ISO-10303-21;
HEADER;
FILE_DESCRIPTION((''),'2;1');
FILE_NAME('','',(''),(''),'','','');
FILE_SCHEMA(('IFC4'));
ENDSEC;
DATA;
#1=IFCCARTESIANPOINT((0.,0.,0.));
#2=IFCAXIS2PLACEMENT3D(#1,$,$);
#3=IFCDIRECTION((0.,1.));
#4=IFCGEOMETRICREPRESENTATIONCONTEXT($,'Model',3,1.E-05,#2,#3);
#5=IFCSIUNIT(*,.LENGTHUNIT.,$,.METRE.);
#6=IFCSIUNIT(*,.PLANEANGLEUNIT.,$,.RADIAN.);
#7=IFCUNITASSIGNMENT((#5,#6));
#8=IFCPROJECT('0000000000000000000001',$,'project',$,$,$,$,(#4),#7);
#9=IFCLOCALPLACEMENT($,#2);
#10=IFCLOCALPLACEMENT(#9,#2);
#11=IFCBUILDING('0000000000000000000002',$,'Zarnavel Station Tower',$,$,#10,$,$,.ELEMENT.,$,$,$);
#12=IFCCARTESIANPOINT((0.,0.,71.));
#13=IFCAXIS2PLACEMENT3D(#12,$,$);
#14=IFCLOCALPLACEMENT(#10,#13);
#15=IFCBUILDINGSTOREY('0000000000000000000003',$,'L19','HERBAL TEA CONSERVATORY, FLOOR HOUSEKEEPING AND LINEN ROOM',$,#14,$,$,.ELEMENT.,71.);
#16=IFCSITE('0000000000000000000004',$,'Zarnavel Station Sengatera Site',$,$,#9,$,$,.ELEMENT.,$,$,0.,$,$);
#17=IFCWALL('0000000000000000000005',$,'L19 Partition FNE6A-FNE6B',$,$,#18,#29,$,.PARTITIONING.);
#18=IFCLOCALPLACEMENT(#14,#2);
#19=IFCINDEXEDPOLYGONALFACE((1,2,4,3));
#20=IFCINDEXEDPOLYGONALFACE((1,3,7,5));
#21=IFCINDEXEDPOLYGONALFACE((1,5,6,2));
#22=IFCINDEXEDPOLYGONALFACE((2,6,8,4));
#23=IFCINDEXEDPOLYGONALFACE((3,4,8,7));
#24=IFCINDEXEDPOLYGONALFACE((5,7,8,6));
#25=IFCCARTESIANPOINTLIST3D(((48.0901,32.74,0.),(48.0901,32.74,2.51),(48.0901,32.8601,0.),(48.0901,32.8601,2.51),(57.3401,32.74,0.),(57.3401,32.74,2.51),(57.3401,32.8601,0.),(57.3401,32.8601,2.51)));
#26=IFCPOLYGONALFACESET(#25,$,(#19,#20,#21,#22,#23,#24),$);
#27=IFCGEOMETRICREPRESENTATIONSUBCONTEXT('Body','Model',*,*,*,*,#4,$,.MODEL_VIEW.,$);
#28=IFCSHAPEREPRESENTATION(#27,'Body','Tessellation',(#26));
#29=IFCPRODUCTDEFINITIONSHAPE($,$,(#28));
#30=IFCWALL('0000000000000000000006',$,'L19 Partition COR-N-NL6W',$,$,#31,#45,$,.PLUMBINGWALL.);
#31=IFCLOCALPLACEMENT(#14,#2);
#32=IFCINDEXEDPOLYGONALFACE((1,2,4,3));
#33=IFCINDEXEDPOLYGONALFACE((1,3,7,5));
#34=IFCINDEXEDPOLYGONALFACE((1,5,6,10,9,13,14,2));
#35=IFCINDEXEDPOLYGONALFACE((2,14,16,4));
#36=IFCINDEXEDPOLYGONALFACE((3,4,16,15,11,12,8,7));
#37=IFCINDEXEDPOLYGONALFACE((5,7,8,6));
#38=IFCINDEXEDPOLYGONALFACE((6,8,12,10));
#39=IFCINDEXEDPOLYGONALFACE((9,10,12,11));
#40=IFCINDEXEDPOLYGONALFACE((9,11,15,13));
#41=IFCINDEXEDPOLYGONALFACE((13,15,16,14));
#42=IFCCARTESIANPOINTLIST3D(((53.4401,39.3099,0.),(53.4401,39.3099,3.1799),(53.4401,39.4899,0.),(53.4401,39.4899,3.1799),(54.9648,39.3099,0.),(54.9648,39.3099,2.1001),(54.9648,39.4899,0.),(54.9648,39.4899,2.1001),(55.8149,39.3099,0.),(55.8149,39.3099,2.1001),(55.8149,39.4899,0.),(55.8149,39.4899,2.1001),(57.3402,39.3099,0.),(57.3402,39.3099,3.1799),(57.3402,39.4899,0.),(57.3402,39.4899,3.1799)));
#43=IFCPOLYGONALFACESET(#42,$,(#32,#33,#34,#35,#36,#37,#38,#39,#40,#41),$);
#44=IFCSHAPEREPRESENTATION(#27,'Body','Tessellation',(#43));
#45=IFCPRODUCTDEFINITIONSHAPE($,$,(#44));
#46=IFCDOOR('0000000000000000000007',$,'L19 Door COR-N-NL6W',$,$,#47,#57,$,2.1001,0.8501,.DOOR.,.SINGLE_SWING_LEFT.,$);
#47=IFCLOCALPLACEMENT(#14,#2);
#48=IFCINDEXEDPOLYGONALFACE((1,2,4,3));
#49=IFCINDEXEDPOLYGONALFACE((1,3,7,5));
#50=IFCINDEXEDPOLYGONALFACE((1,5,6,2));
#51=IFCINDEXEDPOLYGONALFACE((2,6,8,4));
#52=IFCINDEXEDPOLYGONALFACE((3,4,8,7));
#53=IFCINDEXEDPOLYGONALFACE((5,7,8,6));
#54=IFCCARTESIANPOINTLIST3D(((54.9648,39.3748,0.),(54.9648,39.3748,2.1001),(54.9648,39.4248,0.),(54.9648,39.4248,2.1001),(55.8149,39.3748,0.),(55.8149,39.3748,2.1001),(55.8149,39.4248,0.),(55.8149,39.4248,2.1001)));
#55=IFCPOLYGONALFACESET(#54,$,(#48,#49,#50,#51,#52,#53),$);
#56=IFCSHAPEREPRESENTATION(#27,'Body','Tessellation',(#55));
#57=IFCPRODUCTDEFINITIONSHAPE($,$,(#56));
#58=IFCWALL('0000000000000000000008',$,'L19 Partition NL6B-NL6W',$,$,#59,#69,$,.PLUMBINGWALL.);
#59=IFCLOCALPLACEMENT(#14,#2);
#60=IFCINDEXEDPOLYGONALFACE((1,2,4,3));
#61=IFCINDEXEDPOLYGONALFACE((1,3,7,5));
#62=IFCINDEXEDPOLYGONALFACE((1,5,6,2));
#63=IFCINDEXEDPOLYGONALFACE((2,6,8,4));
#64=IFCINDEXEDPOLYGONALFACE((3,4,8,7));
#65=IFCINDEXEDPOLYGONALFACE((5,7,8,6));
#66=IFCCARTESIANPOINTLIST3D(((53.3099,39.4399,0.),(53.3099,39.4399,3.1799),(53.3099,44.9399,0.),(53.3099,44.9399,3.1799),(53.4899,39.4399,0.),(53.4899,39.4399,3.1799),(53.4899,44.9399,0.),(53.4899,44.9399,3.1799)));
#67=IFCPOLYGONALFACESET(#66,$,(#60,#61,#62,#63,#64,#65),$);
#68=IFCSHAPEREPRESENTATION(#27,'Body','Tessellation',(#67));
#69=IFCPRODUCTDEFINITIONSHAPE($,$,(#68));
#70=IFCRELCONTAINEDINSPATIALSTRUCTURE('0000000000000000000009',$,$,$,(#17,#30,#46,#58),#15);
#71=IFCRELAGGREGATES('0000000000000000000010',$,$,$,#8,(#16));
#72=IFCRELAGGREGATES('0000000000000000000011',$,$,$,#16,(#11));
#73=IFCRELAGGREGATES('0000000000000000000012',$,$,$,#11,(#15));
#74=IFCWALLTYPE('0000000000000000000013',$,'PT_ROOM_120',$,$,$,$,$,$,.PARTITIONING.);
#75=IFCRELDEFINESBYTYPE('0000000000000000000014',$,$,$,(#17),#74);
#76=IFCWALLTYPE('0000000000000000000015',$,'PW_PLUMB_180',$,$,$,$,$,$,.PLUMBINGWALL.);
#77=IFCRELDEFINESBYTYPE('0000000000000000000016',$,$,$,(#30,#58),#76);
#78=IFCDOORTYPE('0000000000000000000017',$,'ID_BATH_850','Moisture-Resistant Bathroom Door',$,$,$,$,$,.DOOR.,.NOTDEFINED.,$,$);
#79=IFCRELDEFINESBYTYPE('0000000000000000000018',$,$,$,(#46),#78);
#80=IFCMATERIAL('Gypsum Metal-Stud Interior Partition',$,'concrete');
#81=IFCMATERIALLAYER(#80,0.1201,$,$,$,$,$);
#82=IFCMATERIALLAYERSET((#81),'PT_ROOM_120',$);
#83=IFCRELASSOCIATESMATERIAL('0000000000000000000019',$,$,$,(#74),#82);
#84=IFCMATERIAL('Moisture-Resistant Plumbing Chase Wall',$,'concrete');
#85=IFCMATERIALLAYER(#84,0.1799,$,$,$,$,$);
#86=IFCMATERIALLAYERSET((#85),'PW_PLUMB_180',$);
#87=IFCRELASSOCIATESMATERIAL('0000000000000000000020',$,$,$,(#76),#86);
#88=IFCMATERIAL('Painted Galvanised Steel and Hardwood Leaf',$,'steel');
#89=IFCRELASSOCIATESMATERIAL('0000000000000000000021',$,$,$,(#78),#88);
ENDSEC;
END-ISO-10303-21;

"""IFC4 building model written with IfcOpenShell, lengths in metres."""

from ifc_helpers import new_model, si_unit, direction, frame, frame_2d, origin, place, context, subcontext, project, spatial, rectangle, extrude, material, layer, layer_set, type_object, element, fill, save


model = new_model("IFC4")

# Units and contexts
model_context = context("Model", 3, precision=1e-05, world=origin(), true_north=direction((0.0, 1.0)))
body_context = subcontext(model_context, "Body", "Model", "MODEL_VIEW")
ifc_project = project(units=[si_unit("LENGTHUNIT", "METRE"), si_unit("PLANEANGLEUNIT", "RADIAN")], contexts=[model_context])

# Site, building, storey
site_placement = place(None, origin())
site = spatial("IfcSite", under=ifc_project, at=site_placement, Name="Zarnavel Station Sengatera Site", CompositionType="ELEMENT", RefElevation=0.0)
building_placement = place(site_placement, origin())
building = spatial("IfcBuilding", under=site, at=building_placement, Name="Zarnavel Station Tower", CompositionType="ELEMENT")
storey_placement = place(building_placement, frame((0.0, 0.0, 71.0)))
storey = spatial("IfcBuildingStorey", under=building, at=storey_placement, Name="L19", Description="HERBAL TEA CONSERVATORY, FLOOR HOUSEKEEPING AND LINEN ROOM", CompositionType="ELEMENT", Elevation=71.0)

# Shared definitions
ifc_material_1 = material(Name="Gypsum Metal-Stud Interior Partition", Category="concrete")
ifc_layer_1 = layer(ifc_material_1, 0.1201)
ifc_layer_set_1 = layer_set([ifc_layer_1], Name="PT_ROOM_120")
wall_type_1 = type_object("IfcWallType", Name="PT_ROOM_120", PredefinedType="PARTITIONING", material=ifc_layer_set_1)

# Wall
wall_1_placement = place(storey_placement, frame((48.0901, 32.8, 0.0), z_axis=(0.0, 0.0, 1.0), x_axis=(1.0, 0.0, 0.0)))
element("IfcWall", 1, at=wall_1_placement, inside=storey, type_object=wall_type_1, Name="L19 Partition FNE6A-FNE6B", PredefinedType="PARTITIONING", context=body_context, shape_type="SweptSolid", body=[
    extrude(rectangle(XDim=9.25, YDim=0.1201, at=frame_2d((4.625, 0.0))), origin(), (0.0, 0.0, 1.0), 2.51),
])

# Wall, opening, door
ifc_material_2 = material(Name="Moisture-Resistant Plumbing Chase Wall", Category="concrete")
ifc_layer_2 = layer(ifc_material_2, 0.1799)
ifc_layer_set_2 = layer_set([ifc_layer_2], Name="PW_PLUMB_180")
wall_type_2 = type_object("IfcWallType", Name="PW_PLUMB_180", PredefinedType="PLUMBINGWALL", material=ifc_layer_set_2)
wall_2_placement = place(storey_placement, frame((53.4399, 39.3999, 0.0), z_axis=(0.0, 0.0, 1.0), x_axis=(1.0, 0.0, 0.0)))
wall_2 = element("IfcWall", 2, at=wall_2_placement, inside=storey, type_object=wall_type_2, Name="L19 Partition COR-N-NL6W", PredefinedType="PLUMBINGWALL", context=body_context, shape_type="SweptSolid", body=[
    extrude(rectangle(XDim=3.9001, YDim=0.1799, at=frame_2d((1.9502, 0.0))), origin(), (0.0, 0.0, 1.0), 3.1799),
])
opening_1_placement = place(wall_2_placement, frame((1.5249, 0.0, 0.0)))
opening_1 = element("IfcOpeningElement", 3, at=opening_1_placement, cuts=wall_2, PredefinedType="OPENING", context=body_context, shape_type="SweptSolid", body=[
    extrude(rectangle(XDim=0.8501, YDim=2.1001, at=frame_2d((0.425, 1.05))), frame((0.0, 0.0999, 0.0), z_axis=(0.0, -1.0, 0.0), x_axis=(1.0, 0.0, 0.0)), (0.0, 0.0, 1.0), 0.2),
])
ifc_material_3 = material(Name="Painted Galvanised Steel and Hardwood Leaf", Category="steel")
door_type_1 = type_object("IfcDoorType", Name="ID_BATH_850", Description="Moisture-Resistant Bathroom Door", OperationType="NOTDEFINED", PredefinedType="DOOR", material=ifc_material_3)
door_1_placement = place(opening_1_placement, origin())
door_1 = element("IfcDoor", 4, at=door_1_placement, inside=storey, type_object=door_type_1, Name="L19 Door COR-N-NL6W", OperationType="SINGLE_SWING_LEFT", OverallHeight=2.1001, OverallWidth=0.8501, PredefinedType="DOOR", context=body_context, shape_type="SweptSolid", body=[
    extrude(rectangle(XDim=0.8501, YDim=2.1001, at=frame_2d((0.425, 1.05))), frame((0.0, 0.0249, 0.0), z_axis=(0.0, -1.0, 0.0), x_axis=(1.0, 0.0, 0.0)), (0.0, 0.0, 1.0), 0.05),
])
fill(opening_1, door_1)

# Wall
wall_3_placement = place(storey_placement, frame((53.3999, 39.4399, 0.0), z_axis=(0.0, 0.0, 1.0), x_axis=(0.0, 1.0, 0.0)))
element("IfcWall", 5, at=wall_3_placement, inside=storey, type_object=wall_type_2, Name="L19 Partition NL6B-NL6W", PredefinedType="PLUMBINGWALL", context=body_context, shape_type="SweptSolid", body=[
    extrude(rectangle(XDim=5.5, YDim=0.1799, at=frame_2d((2.75, 0.0))), origin(), (0.0, 0.0, 1.0), 3.1799),
])

save(model, "model.ifc")
